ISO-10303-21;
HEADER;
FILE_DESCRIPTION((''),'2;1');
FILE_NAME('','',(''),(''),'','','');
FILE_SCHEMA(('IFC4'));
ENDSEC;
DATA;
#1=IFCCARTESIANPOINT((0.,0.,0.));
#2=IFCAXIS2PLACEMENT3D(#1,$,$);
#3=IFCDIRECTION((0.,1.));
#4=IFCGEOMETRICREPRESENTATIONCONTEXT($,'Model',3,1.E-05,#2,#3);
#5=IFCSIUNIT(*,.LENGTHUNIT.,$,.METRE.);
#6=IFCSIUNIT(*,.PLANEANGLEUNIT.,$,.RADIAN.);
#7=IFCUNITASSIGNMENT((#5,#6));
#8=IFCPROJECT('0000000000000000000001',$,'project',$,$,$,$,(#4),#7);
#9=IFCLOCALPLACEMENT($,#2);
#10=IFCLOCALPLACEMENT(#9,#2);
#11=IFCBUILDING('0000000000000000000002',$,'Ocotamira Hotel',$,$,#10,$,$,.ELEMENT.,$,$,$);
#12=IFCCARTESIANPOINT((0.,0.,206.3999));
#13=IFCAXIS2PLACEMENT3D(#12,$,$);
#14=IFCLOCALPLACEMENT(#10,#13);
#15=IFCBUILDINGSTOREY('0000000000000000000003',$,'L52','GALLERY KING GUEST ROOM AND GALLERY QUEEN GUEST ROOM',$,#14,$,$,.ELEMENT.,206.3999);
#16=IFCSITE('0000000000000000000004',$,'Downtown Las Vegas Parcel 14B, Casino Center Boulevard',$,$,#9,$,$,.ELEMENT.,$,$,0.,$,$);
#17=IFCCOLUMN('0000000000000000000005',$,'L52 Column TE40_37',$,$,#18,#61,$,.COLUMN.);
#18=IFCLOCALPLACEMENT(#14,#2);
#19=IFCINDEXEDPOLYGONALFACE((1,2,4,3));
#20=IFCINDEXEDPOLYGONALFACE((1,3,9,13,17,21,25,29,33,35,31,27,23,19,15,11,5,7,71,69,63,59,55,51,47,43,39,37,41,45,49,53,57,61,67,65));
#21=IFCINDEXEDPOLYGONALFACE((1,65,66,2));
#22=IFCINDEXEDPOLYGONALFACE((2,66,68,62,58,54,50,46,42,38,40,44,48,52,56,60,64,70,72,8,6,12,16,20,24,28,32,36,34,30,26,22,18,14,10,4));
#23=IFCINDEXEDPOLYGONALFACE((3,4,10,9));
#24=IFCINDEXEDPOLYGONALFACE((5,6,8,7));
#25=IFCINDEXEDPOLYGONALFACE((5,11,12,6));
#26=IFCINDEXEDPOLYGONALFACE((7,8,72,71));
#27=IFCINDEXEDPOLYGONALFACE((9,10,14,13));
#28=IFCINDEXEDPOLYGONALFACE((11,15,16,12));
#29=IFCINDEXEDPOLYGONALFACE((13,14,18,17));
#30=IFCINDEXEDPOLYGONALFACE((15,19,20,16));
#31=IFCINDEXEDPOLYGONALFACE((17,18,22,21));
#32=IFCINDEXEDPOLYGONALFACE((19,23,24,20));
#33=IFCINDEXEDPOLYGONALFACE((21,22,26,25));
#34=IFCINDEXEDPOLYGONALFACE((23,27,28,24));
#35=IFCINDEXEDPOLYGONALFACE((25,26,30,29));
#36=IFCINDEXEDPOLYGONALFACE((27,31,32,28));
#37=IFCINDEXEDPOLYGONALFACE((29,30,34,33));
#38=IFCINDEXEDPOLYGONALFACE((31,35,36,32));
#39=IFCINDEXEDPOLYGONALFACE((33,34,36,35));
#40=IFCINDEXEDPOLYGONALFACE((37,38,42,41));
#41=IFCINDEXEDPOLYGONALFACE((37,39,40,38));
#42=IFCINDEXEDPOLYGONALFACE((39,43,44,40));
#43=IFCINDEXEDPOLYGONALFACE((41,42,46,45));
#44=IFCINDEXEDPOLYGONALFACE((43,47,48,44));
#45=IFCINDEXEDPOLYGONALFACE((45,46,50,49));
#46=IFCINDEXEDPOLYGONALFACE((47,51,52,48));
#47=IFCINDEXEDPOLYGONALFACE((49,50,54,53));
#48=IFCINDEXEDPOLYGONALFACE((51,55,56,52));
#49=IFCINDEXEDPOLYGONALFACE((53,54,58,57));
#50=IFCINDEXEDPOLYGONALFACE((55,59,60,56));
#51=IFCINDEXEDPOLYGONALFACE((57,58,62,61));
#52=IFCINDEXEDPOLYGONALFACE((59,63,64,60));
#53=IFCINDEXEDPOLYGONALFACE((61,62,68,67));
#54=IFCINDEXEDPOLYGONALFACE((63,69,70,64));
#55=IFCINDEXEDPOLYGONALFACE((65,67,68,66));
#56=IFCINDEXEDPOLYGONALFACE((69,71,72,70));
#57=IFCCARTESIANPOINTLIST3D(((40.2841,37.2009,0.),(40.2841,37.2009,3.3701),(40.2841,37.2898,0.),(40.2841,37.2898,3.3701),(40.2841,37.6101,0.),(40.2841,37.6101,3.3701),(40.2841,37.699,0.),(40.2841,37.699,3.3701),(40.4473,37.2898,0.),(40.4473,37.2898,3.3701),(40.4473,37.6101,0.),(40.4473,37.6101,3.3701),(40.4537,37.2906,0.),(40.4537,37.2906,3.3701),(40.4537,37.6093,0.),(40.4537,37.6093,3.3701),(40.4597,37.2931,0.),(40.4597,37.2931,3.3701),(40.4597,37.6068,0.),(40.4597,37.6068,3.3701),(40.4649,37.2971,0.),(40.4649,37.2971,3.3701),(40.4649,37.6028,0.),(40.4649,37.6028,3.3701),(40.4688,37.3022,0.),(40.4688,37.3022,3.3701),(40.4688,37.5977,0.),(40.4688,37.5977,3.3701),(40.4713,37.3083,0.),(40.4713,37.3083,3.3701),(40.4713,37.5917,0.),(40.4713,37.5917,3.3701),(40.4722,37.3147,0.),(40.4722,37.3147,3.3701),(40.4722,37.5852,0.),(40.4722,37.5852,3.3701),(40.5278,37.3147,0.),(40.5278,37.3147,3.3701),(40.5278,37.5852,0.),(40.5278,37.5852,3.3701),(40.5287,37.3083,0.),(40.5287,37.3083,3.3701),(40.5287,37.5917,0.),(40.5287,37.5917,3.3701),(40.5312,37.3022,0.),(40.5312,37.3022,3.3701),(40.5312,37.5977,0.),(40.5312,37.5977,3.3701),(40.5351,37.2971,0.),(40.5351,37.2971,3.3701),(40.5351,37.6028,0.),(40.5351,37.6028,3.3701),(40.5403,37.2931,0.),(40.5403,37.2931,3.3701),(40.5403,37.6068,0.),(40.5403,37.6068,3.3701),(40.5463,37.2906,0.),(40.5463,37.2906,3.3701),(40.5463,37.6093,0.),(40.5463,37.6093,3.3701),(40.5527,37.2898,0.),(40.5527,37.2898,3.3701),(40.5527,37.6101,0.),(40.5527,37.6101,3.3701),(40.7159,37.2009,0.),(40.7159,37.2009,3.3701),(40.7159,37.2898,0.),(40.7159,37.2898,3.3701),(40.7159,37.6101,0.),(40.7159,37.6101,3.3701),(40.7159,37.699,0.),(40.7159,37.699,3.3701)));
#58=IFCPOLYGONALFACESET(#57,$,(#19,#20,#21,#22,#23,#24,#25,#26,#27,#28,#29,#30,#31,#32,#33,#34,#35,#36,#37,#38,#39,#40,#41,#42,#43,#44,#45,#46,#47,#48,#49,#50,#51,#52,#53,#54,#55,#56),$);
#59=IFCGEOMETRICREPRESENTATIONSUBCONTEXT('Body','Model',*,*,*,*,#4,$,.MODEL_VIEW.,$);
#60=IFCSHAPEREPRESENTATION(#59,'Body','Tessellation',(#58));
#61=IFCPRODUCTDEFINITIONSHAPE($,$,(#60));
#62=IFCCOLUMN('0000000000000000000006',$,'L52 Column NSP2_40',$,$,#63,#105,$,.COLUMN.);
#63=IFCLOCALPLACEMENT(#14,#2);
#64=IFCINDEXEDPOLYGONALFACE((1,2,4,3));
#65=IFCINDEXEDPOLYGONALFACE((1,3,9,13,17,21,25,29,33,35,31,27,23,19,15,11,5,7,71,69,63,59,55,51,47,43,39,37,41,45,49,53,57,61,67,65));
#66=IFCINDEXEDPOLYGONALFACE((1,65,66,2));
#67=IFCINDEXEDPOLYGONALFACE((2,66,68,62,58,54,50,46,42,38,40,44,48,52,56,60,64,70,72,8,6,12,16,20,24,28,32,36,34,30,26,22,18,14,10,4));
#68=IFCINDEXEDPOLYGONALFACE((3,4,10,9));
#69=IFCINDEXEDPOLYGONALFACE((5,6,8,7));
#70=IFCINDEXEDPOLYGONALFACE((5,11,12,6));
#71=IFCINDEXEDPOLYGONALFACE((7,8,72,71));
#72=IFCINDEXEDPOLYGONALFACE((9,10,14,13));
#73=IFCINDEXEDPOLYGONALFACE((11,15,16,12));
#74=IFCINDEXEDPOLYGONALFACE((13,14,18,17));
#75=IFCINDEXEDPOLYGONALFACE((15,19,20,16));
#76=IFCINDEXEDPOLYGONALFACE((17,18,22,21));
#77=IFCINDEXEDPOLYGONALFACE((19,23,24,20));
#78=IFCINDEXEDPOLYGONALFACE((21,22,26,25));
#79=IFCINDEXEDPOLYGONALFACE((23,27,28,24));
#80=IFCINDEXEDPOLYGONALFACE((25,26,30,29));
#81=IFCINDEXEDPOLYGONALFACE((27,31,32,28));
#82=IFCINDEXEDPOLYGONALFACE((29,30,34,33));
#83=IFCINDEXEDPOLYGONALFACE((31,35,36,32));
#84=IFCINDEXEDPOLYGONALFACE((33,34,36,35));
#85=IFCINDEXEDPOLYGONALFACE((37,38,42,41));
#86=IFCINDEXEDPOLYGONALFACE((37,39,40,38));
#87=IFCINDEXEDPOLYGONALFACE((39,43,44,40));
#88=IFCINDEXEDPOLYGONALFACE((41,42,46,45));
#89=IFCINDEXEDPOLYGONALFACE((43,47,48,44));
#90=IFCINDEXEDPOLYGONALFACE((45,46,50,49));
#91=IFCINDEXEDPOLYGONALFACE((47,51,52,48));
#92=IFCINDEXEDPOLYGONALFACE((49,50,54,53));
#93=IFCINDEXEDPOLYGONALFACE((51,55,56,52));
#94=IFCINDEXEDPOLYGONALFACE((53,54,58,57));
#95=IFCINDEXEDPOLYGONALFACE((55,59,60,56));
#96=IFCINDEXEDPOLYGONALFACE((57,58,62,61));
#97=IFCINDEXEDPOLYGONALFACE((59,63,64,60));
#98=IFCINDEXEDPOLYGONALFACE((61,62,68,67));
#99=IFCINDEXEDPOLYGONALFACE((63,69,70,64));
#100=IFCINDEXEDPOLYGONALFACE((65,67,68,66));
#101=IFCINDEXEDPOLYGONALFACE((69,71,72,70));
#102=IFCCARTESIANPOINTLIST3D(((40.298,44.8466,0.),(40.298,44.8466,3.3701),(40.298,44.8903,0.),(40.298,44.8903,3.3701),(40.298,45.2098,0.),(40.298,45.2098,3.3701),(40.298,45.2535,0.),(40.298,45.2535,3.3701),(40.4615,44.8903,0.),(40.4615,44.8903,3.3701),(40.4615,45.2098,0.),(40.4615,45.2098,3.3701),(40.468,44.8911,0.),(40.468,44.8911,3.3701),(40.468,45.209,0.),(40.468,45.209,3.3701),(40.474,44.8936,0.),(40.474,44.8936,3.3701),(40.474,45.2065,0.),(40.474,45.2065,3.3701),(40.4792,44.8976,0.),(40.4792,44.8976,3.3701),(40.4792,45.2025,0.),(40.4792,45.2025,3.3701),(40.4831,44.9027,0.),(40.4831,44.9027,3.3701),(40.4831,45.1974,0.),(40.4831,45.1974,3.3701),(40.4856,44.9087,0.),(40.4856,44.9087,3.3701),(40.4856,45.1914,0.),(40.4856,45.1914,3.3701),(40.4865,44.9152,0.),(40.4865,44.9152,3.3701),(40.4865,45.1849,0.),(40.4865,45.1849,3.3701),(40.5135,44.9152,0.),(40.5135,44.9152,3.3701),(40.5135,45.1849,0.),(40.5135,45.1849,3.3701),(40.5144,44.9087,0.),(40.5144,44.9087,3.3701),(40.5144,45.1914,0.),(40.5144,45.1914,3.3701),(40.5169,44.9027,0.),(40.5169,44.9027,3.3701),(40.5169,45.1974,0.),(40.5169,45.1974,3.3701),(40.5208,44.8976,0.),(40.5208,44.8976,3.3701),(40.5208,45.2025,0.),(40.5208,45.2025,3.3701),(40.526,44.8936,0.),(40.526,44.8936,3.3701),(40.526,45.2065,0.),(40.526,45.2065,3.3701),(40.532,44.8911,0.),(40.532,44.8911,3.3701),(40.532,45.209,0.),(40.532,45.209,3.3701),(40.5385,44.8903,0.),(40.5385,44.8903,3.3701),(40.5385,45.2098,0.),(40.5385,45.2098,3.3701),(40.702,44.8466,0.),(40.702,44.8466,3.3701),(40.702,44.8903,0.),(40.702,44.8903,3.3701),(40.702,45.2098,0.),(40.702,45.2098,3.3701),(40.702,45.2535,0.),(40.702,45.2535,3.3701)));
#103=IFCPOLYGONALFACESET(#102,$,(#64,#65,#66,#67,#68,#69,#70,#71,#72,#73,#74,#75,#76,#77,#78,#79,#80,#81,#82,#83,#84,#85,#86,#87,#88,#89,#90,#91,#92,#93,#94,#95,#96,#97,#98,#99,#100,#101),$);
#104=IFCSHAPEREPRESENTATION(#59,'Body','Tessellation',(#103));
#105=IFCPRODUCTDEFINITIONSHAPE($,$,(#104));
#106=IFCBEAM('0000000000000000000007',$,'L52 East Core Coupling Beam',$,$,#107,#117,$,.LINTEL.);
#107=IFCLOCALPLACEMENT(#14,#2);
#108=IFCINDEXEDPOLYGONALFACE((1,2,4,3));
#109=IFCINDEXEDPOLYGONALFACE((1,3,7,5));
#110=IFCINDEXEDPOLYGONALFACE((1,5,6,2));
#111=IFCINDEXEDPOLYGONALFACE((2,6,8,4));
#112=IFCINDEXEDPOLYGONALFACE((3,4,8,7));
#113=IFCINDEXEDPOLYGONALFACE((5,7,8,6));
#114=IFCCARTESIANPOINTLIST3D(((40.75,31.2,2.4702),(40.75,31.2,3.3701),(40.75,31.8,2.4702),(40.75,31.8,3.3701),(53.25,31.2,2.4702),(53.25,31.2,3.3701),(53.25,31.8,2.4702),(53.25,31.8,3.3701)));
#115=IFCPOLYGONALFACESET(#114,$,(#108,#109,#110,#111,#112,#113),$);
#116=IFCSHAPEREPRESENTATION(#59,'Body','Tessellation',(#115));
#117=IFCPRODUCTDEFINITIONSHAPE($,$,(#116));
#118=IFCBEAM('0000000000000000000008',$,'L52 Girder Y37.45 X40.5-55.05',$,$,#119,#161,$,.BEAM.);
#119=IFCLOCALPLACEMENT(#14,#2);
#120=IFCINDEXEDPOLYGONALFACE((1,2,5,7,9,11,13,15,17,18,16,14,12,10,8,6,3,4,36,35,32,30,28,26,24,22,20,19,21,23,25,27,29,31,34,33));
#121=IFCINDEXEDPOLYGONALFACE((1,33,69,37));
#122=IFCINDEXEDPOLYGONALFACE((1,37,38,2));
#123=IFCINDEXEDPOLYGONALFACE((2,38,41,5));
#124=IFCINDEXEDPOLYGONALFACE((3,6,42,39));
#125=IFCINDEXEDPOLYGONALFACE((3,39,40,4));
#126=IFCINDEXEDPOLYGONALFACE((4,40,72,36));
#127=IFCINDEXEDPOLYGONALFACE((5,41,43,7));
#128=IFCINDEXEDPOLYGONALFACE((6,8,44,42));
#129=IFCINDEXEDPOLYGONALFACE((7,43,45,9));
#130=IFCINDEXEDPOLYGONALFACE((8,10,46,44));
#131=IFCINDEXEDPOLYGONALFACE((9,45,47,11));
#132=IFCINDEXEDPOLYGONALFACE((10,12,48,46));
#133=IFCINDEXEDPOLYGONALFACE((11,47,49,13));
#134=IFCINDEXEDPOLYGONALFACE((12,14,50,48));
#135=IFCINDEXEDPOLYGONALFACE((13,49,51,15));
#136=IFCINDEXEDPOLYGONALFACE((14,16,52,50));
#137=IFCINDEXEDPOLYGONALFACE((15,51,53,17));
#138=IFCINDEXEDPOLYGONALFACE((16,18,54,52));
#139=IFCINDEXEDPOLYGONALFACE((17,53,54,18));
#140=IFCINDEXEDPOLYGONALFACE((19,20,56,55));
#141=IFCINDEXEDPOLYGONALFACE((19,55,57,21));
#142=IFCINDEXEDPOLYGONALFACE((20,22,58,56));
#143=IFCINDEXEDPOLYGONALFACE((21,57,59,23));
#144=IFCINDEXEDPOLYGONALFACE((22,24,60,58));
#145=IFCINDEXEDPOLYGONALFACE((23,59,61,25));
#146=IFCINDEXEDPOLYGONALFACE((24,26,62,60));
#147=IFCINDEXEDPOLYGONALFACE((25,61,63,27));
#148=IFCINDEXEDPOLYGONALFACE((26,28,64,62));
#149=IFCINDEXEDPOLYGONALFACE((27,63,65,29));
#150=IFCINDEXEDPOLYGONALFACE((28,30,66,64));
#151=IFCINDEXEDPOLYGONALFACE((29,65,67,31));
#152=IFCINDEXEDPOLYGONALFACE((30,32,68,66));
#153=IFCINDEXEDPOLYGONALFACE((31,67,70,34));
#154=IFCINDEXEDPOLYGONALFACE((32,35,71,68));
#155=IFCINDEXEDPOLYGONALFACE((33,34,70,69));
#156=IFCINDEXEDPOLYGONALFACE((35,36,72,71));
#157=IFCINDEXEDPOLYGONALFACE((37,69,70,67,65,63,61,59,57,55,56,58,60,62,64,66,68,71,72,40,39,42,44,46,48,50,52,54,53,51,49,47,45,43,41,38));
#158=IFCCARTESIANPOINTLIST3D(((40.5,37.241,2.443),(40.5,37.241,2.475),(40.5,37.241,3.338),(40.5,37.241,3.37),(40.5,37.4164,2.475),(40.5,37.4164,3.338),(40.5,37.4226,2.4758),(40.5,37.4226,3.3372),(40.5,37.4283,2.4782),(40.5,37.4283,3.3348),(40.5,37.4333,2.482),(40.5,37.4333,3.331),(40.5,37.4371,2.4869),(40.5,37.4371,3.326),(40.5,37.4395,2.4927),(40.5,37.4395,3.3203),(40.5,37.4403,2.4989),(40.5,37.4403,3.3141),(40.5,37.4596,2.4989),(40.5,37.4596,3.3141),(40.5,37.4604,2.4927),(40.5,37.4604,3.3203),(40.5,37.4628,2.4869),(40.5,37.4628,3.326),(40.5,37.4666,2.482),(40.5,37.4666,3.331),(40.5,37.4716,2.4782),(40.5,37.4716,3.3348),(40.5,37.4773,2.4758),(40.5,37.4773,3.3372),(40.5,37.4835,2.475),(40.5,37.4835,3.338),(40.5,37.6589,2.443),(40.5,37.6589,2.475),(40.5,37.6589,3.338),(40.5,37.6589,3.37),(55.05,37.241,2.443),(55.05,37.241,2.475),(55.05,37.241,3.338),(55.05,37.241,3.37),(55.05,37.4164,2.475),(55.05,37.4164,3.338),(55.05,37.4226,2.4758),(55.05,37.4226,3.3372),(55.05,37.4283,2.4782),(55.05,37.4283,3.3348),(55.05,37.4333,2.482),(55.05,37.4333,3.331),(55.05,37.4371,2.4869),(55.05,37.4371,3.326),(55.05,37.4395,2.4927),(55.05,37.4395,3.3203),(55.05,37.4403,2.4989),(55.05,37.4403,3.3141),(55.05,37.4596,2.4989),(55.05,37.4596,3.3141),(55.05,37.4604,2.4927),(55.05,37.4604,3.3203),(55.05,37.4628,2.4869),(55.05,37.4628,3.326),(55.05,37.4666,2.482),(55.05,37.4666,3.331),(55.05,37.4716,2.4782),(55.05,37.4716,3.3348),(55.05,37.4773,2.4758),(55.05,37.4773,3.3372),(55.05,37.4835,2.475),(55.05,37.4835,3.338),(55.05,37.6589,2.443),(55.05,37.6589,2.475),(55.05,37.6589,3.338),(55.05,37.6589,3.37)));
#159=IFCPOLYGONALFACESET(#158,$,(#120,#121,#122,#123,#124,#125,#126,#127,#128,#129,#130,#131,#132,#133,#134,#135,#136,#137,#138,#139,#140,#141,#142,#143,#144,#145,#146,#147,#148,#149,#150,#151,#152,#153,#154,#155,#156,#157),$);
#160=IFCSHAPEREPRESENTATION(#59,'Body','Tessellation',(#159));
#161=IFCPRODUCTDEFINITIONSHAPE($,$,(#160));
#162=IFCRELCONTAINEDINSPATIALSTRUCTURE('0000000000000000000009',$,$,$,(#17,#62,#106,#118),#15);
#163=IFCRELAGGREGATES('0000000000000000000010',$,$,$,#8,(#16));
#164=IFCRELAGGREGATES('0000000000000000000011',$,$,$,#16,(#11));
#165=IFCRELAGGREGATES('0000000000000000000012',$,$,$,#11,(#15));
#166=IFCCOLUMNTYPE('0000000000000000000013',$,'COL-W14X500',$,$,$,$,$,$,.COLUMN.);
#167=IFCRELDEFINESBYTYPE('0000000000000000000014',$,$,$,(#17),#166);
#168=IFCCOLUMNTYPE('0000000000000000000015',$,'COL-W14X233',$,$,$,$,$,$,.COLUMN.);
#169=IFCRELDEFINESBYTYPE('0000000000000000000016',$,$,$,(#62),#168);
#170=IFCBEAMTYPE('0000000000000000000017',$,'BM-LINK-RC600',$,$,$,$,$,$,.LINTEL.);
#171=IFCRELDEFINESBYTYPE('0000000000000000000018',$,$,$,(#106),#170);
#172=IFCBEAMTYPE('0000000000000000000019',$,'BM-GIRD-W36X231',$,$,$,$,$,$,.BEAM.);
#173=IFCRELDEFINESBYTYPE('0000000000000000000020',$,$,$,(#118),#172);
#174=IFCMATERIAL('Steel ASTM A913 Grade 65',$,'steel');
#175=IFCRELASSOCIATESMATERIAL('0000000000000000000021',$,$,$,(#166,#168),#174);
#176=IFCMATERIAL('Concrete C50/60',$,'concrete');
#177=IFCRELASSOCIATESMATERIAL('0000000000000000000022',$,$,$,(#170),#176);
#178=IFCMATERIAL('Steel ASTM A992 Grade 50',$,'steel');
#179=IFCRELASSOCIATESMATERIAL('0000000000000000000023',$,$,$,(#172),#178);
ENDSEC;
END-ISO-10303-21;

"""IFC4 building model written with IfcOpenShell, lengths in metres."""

from ifc_helpers import new_model, si_unit, direction, frame, origin, origin_2d, place, context, subcontext, project, spatial, rectangle, i_section, extrude, source, transform, mapped, material, material_profile, profile_set, type_object, element, save


model = new_model("IFC4")

# Units and contexts
model_context = context("Model", 3, precision=1e-05, world=origin(), true_north=direction((0.0, 1.0)))
body_context = subcontext(model_context, "Body", "Model", "MODEL_VIEW")
ifc_project = project(units=[si_unit("LENGTHUNIT", "METRE"), si_unit("PLANEANGLEUNIT", "RADIAN")], contexts=[model_context])

# Site, building, storey
site_placement = place(None, origin())
site = spatial("IfcSite", under=ifc_project, at=site_placement, Name="Downtown Las Vegas Parcel 14B, Casino Center Boulevard", CompositionType="ELEMENT", RefElevation=0.0)
building_placement = place(site_placement, origin())
building = spatial("IfcBuilding", under=site, at=building_placement, Name="Ocotamira Hotel", CompositionType="ELEMENT")
storey_placement = place(building_placement, frame((0.0, 0.0, 206.3999)))
storey = spatial("IfcBuildingStorey", under=building, at=storey_placement, Name="L52", Description="GALLERY KING GUEST ROOM AND GALLERY QUEEN GUEST ROOM", CompositionType="ELEMENT", Elevation=206.3999)

# Columns
ifc_material_1 = material(Name="Steel ASTM A913 Grade 65", Category="steel")
ifc_material_profile_1 = material_profile(ifc_material_1, i_section(OverallWidth=0.4319, OverallDepth=0.498, WebThickness=0.0557, FlangeThickness=0.0889, FilletRadius=0.0249, at=origin_2d()), Name="W14X500")
ifc_profile_set_1 = profile_set([ifc_material_profile_1], Name="Steel ASTM A913 Grade 65")
column_type_1 = type_object("IfcColumnType", Name="COL-W14X500", PredefinedType="COLUMN", material=ifc_profile_set_1)
shared_shape_1 = source(origin(), body_context, "Body", "SweptSolid", [
    extrude(i_section(OverallWidth=0.4319, OverallDepth=0.498, WebThickness=0.0557, FlangeThickness=0.0889, FilletRadius=0.0249, at=origin_2d()), origin(), (0.0, 0.0, 1.0), 3.3701),
])
column_1_placement = place(storey_placement, frame((40.5, 37.45, 0.0), z_axis=(0.0, 0.0, 1.0), x_axis=(1.0, 0.0, 0.0)))
element("IfcColumn", 1, at=column_1_placement, inside=storey, type_object=column_type_1, Name="L52 Column TE40_37", PredefinedType="COLUMN", context=body_context, shape_type="MappedRepresentation", body=[
    mapped(shared_shape_1, transform((0.0, 0.0, 0.0), scale=1.0)),
])
ifc_material_profile_2 = material_profile(ifc_material_1, i_section(OverallWidth=0.4041, OverallDepth=0.407, WebThickness=0.0271, FlangeThickness=0.0437, FilletRadius=0.0249, at=origin_2d()), Name="W14X233")
ifc_profile_set_2 = profile_set([ifc_material_profile_2], Name="Steel ASTM A913 Grade 65")
column_type_2 = type_object("IfcColumnType", Name="COL-W14X233", PredefinedType="COLUMN", material=ifc_profile_set_2)
shared_shape_2 = source(origin(), body_context, "Body", "SweptSolid", [
    extrude(i_section(OverallWidth=0.4041, OverallDepth=0.407, WebThickness=0.0271, FlangeThickness=0.0437, FilletRadius=0.0249, at=origin_2d()), origin(), (0.0, 0.0, 1.0), 3.3701),
])
column_2_placement = place(storey_placement, frame((40.5, 45.05, 0.0), z_axis=(0.0, 0.0, 1.0), x_axis=(1.0, 0.0, 0.0)))
element("IfcColumn", 2, at=column_2_placement, inside=storey, type_object=column_type_2, Name="L52 Column NSP2_40", PredefinedType="COLUMN", context=body_context, shape_type="MappedRepresentation", body=[
    mapped(shared_shape_2, transform((0.0, 0.0, 0.0), scale=1.0)),
])

# Beams
ifc_material_2 = material(Name="Concrete C50/60", Category="concrete")
ifc_material_profile_3 = material_profile(ifc_material_2, rectangle(XDim=0.6001, YDim=0.8999, at=origin_2d()), Name="RC600X900")
ifc_profile_set_3 = profile_set([ifc_material_profile_3], Name="Concrete C50/60")
beam_type_1 = type_object("IfcBeamType", Name="BM-LINK-RC600", PredefinedType="LINTEL", material=ifc_profile_set_3)
shared_shape_3 = source(origin(), body_context, "Body", "SweptSolid", [
    extrude(rectangle(XDim=0.6001, YDim=0.8999, at=origin_2d()), origin(), (0.0, 0.0, 1.0), 12.5),
])
beam_1_placement = place(storey_placement, frame((40.75, 31.5, 2.9202), z_axis=(1.0, 0.0, 0.0), x_axis=(0.0, 1.0, 0.0)))
element("IfcBeam", 3, at=beam_1_placement, inside=storey, type_object=beam_type_1, Name="L52 East Core Coupling Beam", PredefinedType="LINTEL", context=body_context, shape_type="MappedRepresentation", body=[
    mapped(shared_shape_3, transform((0.0, 0.0, 0.0), scale=1.0)),
])
ifc_material_3 = material(Name="Steel ASTM A992 Grade 50", Category="steel")
ifc_material_profile_4 = material_profile(ifc_material_3, i_section(OverallWidth=0.418, OverallDepth=0.927, WebThickness=0.0193, FlangeThickness=0.032, FilletRadius=0.0239, at=origin_2d()), Name="W36X231")
ifc_profile_set_4 = profile_set([ifc_material_profile_4], Name="Steel ASTM A992 Grade 50")
beam_type_2 = type_object("IfcBeamType", Name="BM-GIRD-W36X231", PredefinedType="BEAM", material=ifc_profile_set_4)
shared_shape_4 = source(origin(), body_context, "Body", "SweptSolid", [
    extrude(i_section(OverallWidth=0.418, OverallDepth=0.927, WebThickness=0.0193, FlangeThickness=0.032, FilletRadius=0.0239, at=origin_2d()), origin(), (0.0, 0.0, 1.0), 14.55),
])
beam_2_placement = place(storey_placement, frame((40.5, 37.45, 2.9065), z_axis=(1.0, 0.0, 0.0), x_axis=(0.0, 1.0, 0.0)))
element("IfcBeam", 4, at=beam_2_placement, inside=storey, type_object=beam_type_2, Name="L52 Girder Y37.45 X40.5-55.05", PredefinedType="BEAM", context=body_context, shape_type="MappedRepresentation", body=[
    mapped(shared_shape_4, transform((0.0, 0.0, 0.0), scale=1.0)),
])

save(model, "model.ifc")
